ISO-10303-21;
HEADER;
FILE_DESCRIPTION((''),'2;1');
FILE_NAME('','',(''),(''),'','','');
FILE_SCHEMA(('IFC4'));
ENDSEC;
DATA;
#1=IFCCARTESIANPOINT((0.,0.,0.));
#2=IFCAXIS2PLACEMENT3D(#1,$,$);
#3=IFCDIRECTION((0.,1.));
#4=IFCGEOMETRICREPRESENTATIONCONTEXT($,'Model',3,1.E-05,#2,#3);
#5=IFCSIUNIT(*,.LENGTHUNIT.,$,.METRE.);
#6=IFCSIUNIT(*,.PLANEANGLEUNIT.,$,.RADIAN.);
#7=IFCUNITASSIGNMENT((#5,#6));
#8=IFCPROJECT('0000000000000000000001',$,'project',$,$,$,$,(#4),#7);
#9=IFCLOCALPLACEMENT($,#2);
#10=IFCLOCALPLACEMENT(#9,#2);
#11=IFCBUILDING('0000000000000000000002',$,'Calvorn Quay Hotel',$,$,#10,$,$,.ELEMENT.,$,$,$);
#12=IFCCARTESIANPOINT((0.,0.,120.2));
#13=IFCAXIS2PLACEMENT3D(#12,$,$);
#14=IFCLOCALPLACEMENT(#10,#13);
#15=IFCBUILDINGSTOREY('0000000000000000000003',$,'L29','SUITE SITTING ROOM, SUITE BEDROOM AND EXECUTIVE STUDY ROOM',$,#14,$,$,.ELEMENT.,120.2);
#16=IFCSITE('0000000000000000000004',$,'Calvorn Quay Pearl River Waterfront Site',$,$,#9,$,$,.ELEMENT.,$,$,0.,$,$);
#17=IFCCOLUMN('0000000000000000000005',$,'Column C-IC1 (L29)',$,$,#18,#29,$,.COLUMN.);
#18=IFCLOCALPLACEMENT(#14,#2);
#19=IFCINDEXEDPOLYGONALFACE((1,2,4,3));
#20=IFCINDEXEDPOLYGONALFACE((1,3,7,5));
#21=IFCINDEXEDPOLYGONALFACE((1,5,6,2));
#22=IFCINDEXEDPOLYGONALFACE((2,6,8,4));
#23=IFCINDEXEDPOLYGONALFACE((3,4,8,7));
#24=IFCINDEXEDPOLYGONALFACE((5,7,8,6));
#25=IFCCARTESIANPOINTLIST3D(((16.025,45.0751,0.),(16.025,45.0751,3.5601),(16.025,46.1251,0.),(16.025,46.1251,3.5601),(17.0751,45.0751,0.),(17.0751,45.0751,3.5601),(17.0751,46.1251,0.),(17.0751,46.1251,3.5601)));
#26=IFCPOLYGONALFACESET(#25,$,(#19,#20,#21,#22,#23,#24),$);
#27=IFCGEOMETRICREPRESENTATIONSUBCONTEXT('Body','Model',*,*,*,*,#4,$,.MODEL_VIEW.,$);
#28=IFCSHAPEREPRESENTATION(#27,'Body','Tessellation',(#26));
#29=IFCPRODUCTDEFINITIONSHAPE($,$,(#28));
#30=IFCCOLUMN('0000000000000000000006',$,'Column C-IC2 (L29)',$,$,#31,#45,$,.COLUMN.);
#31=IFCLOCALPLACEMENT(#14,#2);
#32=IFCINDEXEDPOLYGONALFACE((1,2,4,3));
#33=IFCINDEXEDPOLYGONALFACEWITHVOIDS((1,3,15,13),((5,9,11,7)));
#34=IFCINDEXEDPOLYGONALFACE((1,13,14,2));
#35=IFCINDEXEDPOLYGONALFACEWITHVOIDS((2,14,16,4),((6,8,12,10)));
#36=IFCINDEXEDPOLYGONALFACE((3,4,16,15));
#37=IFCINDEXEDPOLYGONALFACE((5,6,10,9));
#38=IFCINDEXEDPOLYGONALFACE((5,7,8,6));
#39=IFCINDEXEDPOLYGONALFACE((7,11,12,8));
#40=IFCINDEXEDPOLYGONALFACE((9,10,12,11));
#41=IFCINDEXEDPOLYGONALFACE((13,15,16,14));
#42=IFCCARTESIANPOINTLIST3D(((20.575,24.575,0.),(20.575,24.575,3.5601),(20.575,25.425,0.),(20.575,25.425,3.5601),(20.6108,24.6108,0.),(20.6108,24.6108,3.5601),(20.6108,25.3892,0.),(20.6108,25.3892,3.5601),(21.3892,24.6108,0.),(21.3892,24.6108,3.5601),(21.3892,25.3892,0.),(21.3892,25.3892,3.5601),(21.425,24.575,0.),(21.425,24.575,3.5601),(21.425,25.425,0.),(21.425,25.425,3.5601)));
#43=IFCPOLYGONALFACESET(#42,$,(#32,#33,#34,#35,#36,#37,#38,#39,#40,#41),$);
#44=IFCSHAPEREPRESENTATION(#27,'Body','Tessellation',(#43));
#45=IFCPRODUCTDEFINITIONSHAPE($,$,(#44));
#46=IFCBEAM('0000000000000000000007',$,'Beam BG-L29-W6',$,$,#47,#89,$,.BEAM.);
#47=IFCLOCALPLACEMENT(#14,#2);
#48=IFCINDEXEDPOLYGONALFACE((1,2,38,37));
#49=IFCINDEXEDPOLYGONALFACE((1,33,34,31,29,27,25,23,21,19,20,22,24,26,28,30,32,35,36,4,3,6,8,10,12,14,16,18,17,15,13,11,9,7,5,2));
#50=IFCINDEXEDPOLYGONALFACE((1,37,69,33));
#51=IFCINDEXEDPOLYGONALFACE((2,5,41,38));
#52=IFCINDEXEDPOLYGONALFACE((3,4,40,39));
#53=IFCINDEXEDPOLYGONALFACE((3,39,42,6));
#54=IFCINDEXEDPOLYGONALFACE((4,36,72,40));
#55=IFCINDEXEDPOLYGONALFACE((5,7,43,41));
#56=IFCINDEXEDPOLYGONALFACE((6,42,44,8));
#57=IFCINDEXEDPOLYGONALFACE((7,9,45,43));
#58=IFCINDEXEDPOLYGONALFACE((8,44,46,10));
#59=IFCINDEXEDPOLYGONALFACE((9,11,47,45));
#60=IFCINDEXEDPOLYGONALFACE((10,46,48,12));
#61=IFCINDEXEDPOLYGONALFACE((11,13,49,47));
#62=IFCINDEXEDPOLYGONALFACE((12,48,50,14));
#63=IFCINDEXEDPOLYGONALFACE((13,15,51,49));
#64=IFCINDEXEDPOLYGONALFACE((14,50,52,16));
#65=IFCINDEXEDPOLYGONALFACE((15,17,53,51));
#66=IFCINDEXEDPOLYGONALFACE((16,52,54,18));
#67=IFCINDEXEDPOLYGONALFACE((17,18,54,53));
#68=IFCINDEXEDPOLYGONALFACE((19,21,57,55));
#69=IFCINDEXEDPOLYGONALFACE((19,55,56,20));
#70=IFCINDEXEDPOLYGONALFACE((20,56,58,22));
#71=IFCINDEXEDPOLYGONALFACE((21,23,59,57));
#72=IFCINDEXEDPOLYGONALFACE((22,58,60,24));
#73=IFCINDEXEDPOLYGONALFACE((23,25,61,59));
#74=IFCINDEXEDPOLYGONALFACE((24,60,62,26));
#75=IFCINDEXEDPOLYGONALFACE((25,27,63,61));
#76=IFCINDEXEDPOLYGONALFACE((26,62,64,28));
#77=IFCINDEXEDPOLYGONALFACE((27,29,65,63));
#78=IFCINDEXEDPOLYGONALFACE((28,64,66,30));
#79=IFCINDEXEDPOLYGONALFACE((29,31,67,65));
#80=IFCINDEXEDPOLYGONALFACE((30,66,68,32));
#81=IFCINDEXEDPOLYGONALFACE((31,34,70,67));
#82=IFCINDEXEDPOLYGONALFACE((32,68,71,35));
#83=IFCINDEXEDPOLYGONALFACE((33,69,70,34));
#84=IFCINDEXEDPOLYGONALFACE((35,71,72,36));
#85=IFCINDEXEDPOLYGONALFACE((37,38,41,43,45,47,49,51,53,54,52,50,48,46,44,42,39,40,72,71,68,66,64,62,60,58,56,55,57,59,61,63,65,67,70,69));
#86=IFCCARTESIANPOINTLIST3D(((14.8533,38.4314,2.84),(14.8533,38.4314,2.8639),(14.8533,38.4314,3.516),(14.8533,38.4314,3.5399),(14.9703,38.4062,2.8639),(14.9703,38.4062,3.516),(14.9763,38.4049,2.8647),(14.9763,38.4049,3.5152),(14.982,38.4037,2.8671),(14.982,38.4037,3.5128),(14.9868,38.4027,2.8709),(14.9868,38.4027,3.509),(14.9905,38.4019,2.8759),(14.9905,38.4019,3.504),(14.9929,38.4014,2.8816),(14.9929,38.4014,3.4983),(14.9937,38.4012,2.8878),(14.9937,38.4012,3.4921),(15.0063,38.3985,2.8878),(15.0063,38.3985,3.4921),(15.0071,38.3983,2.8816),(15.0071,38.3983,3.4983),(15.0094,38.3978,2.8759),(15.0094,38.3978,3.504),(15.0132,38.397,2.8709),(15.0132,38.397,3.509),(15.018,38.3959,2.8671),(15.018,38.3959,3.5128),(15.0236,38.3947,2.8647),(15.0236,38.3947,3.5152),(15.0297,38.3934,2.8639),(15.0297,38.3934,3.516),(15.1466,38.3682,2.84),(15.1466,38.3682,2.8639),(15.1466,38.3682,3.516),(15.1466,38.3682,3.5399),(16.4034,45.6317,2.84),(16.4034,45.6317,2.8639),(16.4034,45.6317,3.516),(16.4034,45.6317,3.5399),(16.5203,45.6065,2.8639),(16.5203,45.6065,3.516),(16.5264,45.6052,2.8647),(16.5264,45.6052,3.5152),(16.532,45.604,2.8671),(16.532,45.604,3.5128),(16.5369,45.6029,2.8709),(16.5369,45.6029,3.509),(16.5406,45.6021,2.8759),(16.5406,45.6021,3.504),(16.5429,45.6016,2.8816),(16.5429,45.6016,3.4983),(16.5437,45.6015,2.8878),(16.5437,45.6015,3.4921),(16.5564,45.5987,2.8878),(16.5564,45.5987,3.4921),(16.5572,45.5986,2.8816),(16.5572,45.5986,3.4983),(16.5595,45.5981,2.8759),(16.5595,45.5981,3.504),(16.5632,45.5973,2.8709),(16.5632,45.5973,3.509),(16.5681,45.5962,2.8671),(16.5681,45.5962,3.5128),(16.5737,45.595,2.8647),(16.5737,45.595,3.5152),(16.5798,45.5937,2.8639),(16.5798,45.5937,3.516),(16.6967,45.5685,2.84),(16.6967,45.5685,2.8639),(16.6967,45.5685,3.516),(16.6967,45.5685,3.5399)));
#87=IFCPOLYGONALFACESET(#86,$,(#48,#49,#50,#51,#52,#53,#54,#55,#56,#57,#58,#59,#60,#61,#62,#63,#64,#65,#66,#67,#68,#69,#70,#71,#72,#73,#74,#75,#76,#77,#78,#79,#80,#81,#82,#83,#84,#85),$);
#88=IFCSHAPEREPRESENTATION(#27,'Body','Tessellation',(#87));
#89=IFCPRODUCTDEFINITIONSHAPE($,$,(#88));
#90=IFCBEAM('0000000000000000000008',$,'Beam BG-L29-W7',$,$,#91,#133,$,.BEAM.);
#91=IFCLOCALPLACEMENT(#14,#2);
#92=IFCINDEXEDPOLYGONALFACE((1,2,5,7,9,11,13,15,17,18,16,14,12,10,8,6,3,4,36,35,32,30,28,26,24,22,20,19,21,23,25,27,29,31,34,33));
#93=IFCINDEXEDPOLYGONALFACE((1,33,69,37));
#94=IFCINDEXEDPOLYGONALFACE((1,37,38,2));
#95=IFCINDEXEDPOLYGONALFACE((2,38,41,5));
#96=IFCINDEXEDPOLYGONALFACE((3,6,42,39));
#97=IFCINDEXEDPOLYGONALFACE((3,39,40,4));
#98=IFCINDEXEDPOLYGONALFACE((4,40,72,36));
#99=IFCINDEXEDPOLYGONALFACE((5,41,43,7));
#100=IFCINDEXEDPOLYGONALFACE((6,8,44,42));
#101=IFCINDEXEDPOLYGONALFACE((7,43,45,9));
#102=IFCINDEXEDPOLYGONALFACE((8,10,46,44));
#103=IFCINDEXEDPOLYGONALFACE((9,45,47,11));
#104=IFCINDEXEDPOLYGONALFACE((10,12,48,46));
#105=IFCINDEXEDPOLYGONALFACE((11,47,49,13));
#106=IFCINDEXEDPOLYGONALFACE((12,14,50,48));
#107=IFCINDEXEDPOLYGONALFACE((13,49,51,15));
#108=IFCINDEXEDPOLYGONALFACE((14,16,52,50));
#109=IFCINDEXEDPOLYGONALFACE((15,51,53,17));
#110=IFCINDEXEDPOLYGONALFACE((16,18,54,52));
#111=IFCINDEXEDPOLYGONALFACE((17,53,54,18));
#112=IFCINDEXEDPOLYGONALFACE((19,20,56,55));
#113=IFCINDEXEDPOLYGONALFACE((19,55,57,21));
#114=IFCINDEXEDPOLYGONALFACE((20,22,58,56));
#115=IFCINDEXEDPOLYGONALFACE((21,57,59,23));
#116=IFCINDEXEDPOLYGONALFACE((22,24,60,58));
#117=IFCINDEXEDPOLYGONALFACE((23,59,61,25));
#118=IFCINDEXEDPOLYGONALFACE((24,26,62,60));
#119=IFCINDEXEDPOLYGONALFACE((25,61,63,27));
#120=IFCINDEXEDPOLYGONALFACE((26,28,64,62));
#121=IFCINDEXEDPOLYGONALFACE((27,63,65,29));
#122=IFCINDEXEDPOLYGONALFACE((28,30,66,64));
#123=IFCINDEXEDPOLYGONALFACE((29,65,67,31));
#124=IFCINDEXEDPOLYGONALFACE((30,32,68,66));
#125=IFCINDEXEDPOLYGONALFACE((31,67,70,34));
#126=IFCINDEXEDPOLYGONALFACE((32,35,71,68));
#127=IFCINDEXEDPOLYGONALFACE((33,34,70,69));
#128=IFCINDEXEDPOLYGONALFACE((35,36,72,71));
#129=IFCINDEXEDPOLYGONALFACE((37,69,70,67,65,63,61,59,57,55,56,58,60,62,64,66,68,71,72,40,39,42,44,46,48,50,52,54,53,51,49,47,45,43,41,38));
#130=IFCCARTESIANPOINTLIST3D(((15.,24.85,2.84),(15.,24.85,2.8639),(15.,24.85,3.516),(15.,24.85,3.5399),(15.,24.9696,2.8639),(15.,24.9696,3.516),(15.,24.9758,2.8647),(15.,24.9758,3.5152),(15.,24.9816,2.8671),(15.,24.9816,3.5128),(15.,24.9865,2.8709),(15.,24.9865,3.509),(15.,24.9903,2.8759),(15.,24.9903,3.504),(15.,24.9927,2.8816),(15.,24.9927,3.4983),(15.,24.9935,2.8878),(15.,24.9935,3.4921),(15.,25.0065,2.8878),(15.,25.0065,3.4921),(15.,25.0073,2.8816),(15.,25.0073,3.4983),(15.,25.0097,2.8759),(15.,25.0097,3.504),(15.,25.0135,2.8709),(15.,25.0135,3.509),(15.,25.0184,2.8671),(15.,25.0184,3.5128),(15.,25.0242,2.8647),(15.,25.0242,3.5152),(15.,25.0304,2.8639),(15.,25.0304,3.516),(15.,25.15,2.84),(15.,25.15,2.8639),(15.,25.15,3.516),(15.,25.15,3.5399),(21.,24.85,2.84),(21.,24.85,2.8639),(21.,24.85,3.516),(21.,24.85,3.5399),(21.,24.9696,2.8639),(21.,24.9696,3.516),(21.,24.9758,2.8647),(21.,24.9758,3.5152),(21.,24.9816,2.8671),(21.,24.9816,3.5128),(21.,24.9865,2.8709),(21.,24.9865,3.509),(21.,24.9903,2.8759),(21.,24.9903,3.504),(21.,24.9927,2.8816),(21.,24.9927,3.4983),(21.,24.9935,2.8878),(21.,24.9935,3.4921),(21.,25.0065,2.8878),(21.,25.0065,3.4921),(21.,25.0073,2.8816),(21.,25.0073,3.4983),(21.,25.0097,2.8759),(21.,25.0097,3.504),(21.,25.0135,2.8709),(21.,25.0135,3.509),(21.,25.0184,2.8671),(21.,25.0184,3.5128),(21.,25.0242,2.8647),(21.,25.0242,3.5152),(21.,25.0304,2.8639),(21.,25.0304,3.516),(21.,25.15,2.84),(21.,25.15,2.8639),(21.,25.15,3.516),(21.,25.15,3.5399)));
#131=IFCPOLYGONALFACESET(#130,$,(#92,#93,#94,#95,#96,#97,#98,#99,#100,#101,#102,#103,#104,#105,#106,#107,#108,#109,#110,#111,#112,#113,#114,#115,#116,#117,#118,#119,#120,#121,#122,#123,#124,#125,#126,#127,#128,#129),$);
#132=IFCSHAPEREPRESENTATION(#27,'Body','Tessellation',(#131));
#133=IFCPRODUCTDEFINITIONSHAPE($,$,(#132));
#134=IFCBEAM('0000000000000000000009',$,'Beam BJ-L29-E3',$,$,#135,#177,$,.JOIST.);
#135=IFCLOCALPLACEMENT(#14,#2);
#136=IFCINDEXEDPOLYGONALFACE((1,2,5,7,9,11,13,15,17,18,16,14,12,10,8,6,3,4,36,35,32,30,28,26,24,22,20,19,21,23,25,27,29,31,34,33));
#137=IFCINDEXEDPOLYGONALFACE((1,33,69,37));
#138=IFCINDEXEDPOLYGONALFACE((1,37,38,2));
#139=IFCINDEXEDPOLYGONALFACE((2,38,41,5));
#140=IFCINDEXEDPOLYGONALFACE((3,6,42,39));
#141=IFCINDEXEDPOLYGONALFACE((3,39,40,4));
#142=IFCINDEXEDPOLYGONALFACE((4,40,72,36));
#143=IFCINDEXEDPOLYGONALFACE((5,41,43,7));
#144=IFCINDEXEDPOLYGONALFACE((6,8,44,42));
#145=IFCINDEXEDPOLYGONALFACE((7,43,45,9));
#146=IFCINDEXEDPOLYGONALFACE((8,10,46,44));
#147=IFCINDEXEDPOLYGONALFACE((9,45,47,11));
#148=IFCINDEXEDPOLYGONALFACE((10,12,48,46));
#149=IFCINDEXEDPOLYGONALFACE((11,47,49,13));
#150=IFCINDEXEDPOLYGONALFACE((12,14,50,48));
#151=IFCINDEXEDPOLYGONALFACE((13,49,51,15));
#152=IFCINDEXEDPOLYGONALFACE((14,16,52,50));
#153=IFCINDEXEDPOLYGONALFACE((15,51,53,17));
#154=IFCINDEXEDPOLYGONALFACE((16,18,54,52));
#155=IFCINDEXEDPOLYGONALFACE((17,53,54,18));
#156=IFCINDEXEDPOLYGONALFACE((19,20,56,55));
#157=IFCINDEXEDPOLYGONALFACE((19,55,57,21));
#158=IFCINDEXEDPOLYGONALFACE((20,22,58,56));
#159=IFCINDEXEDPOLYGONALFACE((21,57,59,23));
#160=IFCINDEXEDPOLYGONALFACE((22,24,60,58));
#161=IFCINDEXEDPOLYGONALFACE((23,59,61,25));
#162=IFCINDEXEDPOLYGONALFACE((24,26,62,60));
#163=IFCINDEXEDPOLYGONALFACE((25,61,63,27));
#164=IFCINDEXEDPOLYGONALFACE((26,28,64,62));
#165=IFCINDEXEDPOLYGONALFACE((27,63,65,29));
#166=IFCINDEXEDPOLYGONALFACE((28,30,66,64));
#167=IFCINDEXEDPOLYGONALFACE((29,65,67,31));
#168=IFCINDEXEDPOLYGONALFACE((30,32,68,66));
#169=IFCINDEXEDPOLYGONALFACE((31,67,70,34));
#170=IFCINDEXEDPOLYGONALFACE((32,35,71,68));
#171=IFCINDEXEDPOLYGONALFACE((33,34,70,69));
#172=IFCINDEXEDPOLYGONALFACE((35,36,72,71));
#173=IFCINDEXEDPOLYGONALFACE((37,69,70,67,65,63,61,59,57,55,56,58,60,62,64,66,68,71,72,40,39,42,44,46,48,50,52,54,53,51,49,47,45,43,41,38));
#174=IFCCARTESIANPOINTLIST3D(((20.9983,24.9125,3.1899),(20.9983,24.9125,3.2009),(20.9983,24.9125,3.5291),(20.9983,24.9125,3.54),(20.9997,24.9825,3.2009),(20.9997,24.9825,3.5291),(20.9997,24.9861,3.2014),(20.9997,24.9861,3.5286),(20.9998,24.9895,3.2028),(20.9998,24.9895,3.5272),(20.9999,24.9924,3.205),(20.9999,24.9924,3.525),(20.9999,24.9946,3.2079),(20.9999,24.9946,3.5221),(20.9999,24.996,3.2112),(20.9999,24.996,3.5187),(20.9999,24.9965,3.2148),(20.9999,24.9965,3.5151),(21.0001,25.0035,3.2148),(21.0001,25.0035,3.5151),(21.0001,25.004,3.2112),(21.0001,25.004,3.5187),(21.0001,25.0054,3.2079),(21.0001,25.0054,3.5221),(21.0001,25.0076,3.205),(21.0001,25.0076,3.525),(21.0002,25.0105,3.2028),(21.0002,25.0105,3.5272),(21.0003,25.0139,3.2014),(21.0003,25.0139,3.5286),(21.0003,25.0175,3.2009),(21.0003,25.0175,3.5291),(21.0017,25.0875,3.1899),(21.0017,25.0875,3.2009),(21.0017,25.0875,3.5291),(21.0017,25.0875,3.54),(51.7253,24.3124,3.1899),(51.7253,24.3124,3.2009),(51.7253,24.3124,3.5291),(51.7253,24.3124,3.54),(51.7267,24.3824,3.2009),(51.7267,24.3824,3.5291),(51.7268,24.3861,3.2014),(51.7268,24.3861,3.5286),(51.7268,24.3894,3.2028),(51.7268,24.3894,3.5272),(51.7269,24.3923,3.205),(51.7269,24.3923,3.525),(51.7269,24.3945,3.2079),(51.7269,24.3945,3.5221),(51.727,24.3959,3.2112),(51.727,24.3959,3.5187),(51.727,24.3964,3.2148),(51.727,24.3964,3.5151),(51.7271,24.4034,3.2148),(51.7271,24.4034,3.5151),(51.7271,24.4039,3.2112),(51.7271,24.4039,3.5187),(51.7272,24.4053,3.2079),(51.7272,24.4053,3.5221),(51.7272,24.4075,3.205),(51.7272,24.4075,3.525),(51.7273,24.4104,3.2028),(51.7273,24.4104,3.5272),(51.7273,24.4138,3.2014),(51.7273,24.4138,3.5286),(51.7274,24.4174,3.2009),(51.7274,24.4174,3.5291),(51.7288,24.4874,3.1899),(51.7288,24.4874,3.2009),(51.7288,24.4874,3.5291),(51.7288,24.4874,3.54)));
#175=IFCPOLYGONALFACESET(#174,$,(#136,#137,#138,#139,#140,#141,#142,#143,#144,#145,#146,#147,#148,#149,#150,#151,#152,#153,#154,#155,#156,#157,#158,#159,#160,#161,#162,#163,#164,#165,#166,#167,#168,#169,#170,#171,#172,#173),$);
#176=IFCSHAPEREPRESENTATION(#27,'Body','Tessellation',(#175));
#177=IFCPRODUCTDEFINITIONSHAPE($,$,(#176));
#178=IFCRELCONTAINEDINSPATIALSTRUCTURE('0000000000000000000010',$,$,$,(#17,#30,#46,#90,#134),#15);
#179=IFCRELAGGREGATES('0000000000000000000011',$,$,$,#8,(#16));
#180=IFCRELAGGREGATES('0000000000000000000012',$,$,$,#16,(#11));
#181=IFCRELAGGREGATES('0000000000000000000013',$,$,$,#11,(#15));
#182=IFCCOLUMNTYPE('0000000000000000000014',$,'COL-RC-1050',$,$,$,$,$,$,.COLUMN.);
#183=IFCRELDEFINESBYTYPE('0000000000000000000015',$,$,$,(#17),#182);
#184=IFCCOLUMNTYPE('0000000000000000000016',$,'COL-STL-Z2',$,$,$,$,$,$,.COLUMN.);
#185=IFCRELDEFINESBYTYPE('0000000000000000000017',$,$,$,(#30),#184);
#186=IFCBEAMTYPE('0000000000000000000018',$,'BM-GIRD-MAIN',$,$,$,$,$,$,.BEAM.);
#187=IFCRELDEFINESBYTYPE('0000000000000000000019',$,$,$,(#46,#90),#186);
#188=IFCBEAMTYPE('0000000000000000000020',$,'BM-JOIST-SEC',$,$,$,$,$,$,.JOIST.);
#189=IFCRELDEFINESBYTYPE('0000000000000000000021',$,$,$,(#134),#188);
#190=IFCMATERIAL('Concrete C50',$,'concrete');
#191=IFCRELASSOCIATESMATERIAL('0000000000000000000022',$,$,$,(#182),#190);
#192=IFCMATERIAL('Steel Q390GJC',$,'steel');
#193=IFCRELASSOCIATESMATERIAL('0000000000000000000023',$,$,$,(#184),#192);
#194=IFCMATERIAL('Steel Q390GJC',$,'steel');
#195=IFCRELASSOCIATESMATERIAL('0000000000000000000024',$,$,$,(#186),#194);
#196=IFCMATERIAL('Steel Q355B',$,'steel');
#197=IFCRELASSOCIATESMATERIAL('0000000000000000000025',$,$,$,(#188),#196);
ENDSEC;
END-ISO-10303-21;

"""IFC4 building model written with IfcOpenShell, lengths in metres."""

from ifc_helpers import new_model, si_unit, direction, frame, origin, origin_2d, place, context, subcontext, project, spatial, rectangle, hollow_rectangle, i_section, extrude, material, material_profile, profile_set, type_object, element, save


model = new_model("IFC4")

# Units and contexts
model_context = context("Model", 3, precision=1e-05, world=origin(), true_north=direction((0.0, 1.0)))
body_context = subcontext(model_context, "Body", "Model", "MODEL_VIEW")
ifc_project = project(units=[si_unit("LENGTHUNIT", "METRE"), si_unit("PLANEANGLEUNIT", "RADIAN")], contexts=[model_context])

# Site, building, storey
site_placement = place(None, origin())
site = spatial("IfcSite", under=ifc_project, at=site_placement, Name="Calvorn Quay Pearl River Waterfront Site", CompositionType="ELEMENT", RefElevation=0.0)
building_placement = place(site_placement, origin())
building = spatial("IfcBuilding", under=site, at=building_placement, Name="Calvorn Quay Hotel", CompositionType="ELEMENT")
storey_placement = place(building_placement, frame((0.0, 0.0, 120.2)))
storey = spatial("IfcBuildingStorey", under=building, at=storey_placement, Name="L29", Description="SUITE SITTING ROOM, SUITE BEDROOM AND EXECUTIVE STUDY ROOM", CompositionType="ELEMENT", Elevation=120.2)

# Columns
ifc_material_1 = material(Name="Concrete C50", Category="concrete")
ifc_material_profile_1 = material_profile(ifc_material_1, rectangle(XDim=1.05, YDim=1.05, at=origin_2d()), Name="RC1050x1050")
ifc_profile_set_1 = profile_set([ifc_material_profile_1], Name="Concrete C50")
column_type_1 = type_object("IfcColumnType", Name="COL-RC-1050", PredefinedType="COLUMN", material=ifc_profile_set_1)
column_1_placement = place(storey_placement, frame((16.55, 45.6001, 0.0), z_axis=(0.0, 0.0, 1.0), x_axis=(1.0, 0.0, 0.0)))
element("IfcColumn", 1, at=column_1_placement, inside=storey, type_object=column_type_1, Name="Column C-IC1 (L29)", PredefinedType="COLUMN", context=body_context, shape_type="SweptSolid", body=[
    extrude(rectangle(XDim=1.05, YDim=1.05, at=origin_2d()), origin(), (0.0, 0.0, 1.0), 3.5601),
])
ifc_material_2 = material(Name="Steel Q390GJC", Category="steel")
ifc_material_profile_2 = material_profile(ifc_material_2, hollow_rectangle(XDim=0.8501, YDim=0.8501, WallThickness=0.0359, at=origin_2d()), Name="BOX850x850x36")
ifc_profile_set_2 = profile_set([ifc_material_profile_2], Name="Steel Q390GJC")
column_type_2 = type_object("IfcColumnType", Name="COL-STL-Z2", PredefinedType="COLUMN", material=ifc_profile_set_2)
column_2_placement = place(storey_placement, frame((21.0, 25.0, 0.0), z_axis=(0.0, 0.0, 1.0), x_axis=(1.0, 0.0, 0.0)))
element("IfcColumn", 2, at=column_2_placement, inside=storey, type_object=column_type_2, Name="Column C-IC2 (L29)", PredefinedType="COLUMN", context=body_context, shape_type="SweptSolid", body=[
    extrude(hollow_rectangle(XDim=0.8501, YDim=0.8501, WallThickness=0.0359, at=origin_2d()), origin(), (0.0, 0.0, 1.0), 3.5601),
])

# Beams
ifc_material_3 = material(Name="Steel Q390GJC", Category="steel")
ifc_material_profile_3 = material_profile(ifc_material_3, i_section(OverallWidth=0.3, OverallDepth=0.7, WebThickness=0.0129, FlangeThickness=0.0239, FilletRadius=0.0239, at=origin_2d()), Name="HN700x300x13x24")
ifc_profile_set_3 = profile_set([ifc_material_profile_3], Name="Steel Q390GJC")
beam_type_1 = type_object("IfcBeamType", Name="BM-GIRD-MAIN", PredefinedType="BEAM", material=ifc_profile_set_3)
beam_1_placement = place(storey_placement, frame((16.55, 45.6001, 3.1899), z_axis=(-0.210457, -0.977603, 0.0), x_axis=(0.977603, -0.210457, 0.0)))
element("IfcBeam", 3, at=beam_1_placement, inside=storey, type_object=beam_type_1, Name="Beam BG-L29-W6", PredefinedType="BEAM", context=body_context, shape_type="SweptSolid", body=[
    extrude(i_section(OverallWidth=0.3, OverallDepth=0.7, WebThickness=0.0129, FlangeThickness=0.0239, FilletRadius=0.0239, at=origin_2d()), origin(), (0.0, 0.0, 1.0), 7.3652),
])
beam_2_placement = place(storey_placement, frame((21.0, 25.0, 3.1899), z_axis=(-1.0, 0.0, 0.0), x_axis=(0.0, -1.0, 0.0)))
element("IfcBeam", 4, at=beam_2_placement, inside=storey, type_object=beam_type_1, Name="Beam BG-L29-W7", PredefinedType="BEAM", context=body_context, shape_type="SweptSolid", body=[
    extrude(i_section(OverallWidth=0.3, OverallDepth=0.7, WebThickness=0.0129, FlangeThickness=0.0239, FilletRadius=0.0239, at=origin_2d()), origin(), (0.0, 0.0, 1.0), 6.0),
])
ifc_material_4 = material(Name="Steel Q355B", Category="steel")
ifc_material_profile_4 = material_profile(ifc_material_4, i_section(OverallWidth=0.175, OverallDepth=0.3501, WebThickness=0.0071, FlangeThickness=0.011, FilletRadius=0.0139, at=origin_2d()), Name="HN350x175x7x11")
ifc_profile_set_4 = profile_set([ifc_material_profile_4], Name="Steel Q355B")
beam_type_2 = type_object("IfcBeamType", Name="BM-JOIST-SEC", PredefinedType="JOIST", material=ifc_profile_set_4)
beam_3_placement = place(storey_placement, frame((21.0, 25.0, 3.365), z_axis=(0.999809, -0.019526, 0.0), x_axis=(0.019526, 0.999809, 0.0)))
element("IfcBeam", 5, at=beam_3_placement, inside=storey, type_object=beam_type_2, Name="Beam BJ-L29-E3", PredefinedType="JOIST", context=body_context, shape_type="SweptSolid", body=[
    extrude(i_section(OverallWidth=0.175, OverallDepth=0.3501, WebThickness=0.0071, FlangeThickness=0.011, FilletRadius=0.0139, at=origin_2d()), origin(), (0.0, 0.0, 1.0), 30.7329),
])

save(model, "model.ifc")
